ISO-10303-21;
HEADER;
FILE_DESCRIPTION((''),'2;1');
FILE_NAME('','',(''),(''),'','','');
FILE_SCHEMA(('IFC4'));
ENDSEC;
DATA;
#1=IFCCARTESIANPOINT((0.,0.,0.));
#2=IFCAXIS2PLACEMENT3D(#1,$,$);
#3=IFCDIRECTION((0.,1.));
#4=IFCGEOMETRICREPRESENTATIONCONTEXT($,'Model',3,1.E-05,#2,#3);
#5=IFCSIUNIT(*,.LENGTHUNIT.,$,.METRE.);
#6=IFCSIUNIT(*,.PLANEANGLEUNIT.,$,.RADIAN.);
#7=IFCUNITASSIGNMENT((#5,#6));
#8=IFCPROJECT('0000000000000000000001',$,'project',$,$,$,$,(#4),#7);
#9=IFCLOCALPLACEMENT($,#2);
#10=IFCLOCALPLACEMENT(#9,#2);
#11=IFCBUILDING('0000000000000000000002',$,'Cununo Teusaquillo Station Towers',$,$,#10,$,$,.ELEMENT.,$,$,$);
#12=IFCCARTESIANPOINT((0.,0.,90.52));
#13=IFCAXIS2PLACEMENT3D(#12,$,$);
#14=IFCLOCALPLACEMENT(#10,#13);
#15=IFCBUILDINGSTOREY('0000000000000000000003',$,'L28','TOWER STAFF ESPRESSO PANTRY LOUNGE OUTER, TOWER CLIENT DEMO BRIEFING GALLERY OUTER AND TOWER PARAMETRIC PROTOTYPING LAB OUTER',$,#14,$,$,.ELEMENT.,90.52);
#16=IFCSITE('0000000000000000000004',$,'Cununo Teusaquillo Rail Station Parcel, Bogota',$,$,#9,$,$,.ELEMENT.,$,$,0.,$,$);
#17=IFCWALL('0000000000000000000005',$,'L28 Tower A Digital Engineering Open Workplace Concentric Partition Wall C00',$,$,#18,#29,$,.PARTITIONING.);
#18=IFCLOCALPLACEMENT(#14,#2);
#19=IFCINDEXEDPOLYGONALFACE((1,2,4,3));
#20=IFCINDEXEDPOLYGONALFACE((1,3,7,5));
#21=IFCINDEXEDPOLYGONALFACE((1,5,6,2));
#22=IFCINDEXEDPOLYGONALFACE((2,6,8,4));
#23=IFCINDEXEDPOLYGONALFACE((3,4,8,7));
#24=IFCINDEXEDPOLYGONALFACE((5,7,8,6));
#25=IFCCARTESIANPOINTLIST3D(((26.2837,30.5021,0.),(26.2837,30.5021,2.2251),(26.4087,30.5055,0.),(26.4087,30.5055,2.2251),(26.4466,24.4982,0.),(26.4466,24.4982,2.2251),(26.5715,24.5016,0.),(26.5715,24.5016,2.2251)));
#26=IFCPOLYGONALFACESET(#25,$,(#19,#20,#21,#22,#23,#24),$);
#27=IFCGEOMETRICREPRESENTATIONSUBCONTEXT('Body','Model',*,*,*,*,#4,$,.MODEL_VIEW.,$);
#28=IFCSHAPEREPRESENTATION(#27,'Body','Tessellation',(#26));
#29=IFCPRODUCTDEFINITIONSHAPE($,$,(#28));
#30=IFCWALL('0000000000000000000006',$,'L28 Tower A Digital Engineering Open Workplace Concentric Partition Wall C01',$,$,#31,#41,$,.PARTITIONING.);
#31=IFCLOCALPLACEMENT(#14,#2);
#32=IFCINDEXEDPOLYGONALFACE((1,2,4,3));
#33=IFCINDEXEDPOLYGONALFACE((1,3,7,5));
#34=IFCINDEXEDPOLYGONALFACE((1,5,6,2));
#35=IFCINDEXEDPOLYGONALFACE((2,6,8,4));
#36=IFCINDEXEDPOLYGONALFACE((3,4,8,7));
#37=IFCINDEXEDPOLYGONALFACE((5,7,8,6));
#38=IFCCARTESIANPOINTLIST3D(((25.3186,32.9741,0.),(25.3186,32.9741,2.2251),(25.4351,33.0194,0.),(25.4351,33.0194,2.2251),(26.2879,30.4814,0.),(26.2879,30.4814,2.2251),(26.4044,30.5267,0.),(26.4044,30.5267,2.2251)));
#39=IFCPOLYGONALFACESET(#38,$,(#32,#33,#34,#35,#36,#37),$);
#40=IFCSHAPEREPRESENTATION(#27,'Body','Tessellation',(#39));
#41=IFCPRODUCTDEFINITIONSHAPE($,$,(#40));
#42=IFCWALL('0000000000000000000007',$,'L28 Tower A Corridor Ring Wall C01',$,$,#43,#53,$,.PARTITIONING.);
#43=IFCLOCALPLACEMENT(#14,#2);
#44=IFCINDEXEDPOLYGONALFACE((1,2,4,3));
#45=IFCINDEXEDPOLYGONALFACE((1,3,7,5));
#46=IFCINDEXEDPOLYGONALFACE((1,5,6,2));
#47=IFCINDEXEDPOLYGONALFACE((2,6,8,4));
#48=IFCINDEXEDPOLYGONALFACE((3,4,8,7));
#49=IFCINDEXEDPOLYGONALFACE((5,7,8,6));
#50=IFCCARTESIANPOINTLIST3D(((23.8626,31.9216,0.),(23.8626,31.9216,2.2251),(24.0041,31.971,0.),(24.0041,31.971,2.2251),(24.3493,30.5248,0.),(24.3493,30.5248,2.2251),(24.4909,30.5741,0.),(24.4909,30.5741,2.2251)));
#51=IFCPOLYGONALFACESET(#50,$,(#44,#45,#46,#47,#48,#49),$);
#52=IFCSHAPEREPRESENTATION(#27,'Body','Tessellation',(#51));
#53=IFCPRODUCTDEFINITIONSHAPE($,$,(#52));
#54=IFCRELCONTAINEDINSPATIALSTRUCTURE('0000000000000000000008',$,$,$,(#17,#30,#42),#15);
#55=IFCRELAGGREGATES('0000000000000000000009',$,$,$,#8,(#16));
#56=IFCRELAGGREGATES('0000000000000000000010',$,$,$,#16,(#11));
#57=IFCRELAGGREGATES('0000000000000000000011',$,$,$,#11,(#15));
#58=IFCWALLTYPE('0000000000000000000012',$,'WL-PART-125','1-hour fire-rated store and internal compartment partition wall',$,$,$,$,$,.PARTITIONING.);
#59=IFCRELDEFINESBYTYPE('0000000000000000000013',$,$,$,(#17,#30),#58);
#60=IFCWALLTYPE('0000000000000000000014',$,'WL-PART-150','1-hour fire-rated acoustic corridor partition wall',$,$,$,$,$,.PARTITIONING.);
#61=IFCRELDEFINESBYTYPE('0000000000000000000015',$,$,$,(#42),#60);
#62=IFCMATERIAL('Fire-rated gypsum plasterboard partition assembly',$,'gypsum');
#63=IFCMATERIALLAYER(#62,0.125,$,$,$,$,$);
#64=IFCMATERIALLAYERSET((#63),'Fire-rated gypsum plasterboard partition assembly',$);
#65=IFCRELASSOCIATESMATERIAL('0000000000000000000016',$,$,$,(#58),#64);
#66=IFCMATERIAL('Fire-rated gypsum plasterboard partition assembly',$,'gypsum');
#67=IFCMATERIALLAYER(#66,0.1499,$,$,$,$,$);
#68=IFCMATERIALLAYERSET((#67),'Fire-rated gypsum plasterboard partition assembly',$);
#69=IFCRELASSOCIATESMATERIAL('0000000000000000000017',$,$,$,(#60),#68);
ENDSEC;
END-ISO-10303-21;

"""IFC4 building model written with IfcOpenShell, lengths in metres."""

from ifc_helpers import new_model, si_unit, direction, frame, frame_2d, origin, place, context, subcontext, project, spatial, rectangle, extrude, material, layer, layer_set, type_object, element, save


model = new_model("IFC4")

# Units and contexts
model_context = context("Model", 3, precision=1e-05, world=origin(), true_north=direction((0.0, 1.0)))
body_context = subcontext(model_context, "Body", "Model", "MODEL_VIEW")
ifc_project = project(units=[si_unit("LENGTHUNIT", "METRE"), si_unit("PLANEANGLEUNIT", "RADIAN")], contexts=[model_context])

# Site, building, storey
site_placement = place(None, origin())
site = spatial("IfcSite", under=ifc_project, at=site_placement, Name="Cununo Teusaquillo Rail Station Parcel, Bogota", CompositionType="ELEMENT", RefElevation=0.0)
building_placement = place(site_placement, origin())
building = spatial("IfcBuilding", under=site, at=building_placement, Name="Cununo Teusaquillo Station Towers", CompositionType="ELEMENT")
storey_placement = place(building_placement, frame((0.0, 0.0, 90.52)))
storey = spatial("IfcBuildingStorey", under=building, at=storey_placement, Name="L28", Description="TOWER STAFF ESPRESSO PANTRY LOUNGE OUTER, TOWER CLIENT DEMO BRIEFING GALLERY OUTER AND TOWER PARAMETRIC PROTOTYPING LAB OUTER", CompositionType="ELEMENT", Elevation=90.52)

# Walls
ifc_material_1 = material(Name="Fire-rated gypsum plasterboard partition assembly", Category="gypsum")
ifc_layer_1 = layer(ifc_material_1, 0.125)
ifc_layer_set_1 = layer_set([ifc_layer_1], Name="Fire-rated gypsum plasterboard partition assembly")
wall_type_1 = type_object("IfcWallType", Name="WL-PART-125", Description="1-hour fire-rated store and internal compartment partition wall", PredefinedType="PARTITIONING", material=ifc_layer_set_1)
wall_1_placement = place(storey_placement, frame((26.509, 24.5, 0.0), z_axis=(0.0, 0.0, 1.0), x_axis=(-0.027113, 0.999632, 0.0)))
element("IfcWall", 1, at=wall_1_placement, inside=storey, type_object=wall_type_1, Name="L28 Tower A Digital Engineering Open Workplace Concentric Partition Wall C00", PredefinedType="PARTITIONING", context=body_context, shape_type="SweptSolid", body=[
    extrude(rectangle(XDim=6.0061, YDim=0.125, at=frame_2d((3.0029, 0.0))), origin(), (0.0, 0.0, 1.0), 2.2251),
])
wall_2_placement = place(storey_placement, frame((26.3462, 30.5039, 0.0), z_axis=(0.0, 0.0, 1.0), x_axis=(-0.362402, 0.932022, 0.0)))
element("IfcWall", 2, at=wall_2_placement, inside=storey, type_object=wall_type_1, Name="L28 Tower A Digital Engineering Open Workplace Concentric Partition Wall C01", PredefinedType="PARTITIONING", context=body_context, shape_type="SweptSolid", body=[
    extrude(rectangle(XDim=2.6746, YDim=0.125, at=frame_2d((1.3374, 0.0))), origin(), (0.0, 0.0, 1.0), 2.2251),
])
ifc_material_2 = material(Name="Fire-rated gypsum plasterboard partition assembly", Category="gypsum")
ifc_layer_2 = layer(ifc_material_2, 0.1499)
ifc_layer_set_2 = layer_set([ifc_layer_2], Name="Fire-rated gypsum plasterboard partition assembly")
wall_type_2 = type_object("IfcWallType", Name="WL-PART-150", Description="1-hour fire-rated acoustic corridor partition wall", PredefinedType="PARTITIONING", material=ifc_layer_set_2)
wall_3_placement = place(storey_placement, frame((24.4202, 30.5493, 0.0), z_axis=(0.0, 0.0, 1.0), x_axis=(-0.329071, 0.944305, 0.0)))
element("IfcWall", 3, at=wall_3_placement, inside=storey, type_object=wall_type_2, Name="L28 Tower A Corridor Ring Wall C01", PredefinedType="PARTITIONING", context=body_context, shape_type="SweptSolid", body=[
    extrude(rectangle(XDim=1.4792, YDim=0.1499, at=frame_2d((0.7397, 0.0))), origin(), (0.0, 0.0, 1.0), 2.2251),
])

save(model, "model.ifc")
